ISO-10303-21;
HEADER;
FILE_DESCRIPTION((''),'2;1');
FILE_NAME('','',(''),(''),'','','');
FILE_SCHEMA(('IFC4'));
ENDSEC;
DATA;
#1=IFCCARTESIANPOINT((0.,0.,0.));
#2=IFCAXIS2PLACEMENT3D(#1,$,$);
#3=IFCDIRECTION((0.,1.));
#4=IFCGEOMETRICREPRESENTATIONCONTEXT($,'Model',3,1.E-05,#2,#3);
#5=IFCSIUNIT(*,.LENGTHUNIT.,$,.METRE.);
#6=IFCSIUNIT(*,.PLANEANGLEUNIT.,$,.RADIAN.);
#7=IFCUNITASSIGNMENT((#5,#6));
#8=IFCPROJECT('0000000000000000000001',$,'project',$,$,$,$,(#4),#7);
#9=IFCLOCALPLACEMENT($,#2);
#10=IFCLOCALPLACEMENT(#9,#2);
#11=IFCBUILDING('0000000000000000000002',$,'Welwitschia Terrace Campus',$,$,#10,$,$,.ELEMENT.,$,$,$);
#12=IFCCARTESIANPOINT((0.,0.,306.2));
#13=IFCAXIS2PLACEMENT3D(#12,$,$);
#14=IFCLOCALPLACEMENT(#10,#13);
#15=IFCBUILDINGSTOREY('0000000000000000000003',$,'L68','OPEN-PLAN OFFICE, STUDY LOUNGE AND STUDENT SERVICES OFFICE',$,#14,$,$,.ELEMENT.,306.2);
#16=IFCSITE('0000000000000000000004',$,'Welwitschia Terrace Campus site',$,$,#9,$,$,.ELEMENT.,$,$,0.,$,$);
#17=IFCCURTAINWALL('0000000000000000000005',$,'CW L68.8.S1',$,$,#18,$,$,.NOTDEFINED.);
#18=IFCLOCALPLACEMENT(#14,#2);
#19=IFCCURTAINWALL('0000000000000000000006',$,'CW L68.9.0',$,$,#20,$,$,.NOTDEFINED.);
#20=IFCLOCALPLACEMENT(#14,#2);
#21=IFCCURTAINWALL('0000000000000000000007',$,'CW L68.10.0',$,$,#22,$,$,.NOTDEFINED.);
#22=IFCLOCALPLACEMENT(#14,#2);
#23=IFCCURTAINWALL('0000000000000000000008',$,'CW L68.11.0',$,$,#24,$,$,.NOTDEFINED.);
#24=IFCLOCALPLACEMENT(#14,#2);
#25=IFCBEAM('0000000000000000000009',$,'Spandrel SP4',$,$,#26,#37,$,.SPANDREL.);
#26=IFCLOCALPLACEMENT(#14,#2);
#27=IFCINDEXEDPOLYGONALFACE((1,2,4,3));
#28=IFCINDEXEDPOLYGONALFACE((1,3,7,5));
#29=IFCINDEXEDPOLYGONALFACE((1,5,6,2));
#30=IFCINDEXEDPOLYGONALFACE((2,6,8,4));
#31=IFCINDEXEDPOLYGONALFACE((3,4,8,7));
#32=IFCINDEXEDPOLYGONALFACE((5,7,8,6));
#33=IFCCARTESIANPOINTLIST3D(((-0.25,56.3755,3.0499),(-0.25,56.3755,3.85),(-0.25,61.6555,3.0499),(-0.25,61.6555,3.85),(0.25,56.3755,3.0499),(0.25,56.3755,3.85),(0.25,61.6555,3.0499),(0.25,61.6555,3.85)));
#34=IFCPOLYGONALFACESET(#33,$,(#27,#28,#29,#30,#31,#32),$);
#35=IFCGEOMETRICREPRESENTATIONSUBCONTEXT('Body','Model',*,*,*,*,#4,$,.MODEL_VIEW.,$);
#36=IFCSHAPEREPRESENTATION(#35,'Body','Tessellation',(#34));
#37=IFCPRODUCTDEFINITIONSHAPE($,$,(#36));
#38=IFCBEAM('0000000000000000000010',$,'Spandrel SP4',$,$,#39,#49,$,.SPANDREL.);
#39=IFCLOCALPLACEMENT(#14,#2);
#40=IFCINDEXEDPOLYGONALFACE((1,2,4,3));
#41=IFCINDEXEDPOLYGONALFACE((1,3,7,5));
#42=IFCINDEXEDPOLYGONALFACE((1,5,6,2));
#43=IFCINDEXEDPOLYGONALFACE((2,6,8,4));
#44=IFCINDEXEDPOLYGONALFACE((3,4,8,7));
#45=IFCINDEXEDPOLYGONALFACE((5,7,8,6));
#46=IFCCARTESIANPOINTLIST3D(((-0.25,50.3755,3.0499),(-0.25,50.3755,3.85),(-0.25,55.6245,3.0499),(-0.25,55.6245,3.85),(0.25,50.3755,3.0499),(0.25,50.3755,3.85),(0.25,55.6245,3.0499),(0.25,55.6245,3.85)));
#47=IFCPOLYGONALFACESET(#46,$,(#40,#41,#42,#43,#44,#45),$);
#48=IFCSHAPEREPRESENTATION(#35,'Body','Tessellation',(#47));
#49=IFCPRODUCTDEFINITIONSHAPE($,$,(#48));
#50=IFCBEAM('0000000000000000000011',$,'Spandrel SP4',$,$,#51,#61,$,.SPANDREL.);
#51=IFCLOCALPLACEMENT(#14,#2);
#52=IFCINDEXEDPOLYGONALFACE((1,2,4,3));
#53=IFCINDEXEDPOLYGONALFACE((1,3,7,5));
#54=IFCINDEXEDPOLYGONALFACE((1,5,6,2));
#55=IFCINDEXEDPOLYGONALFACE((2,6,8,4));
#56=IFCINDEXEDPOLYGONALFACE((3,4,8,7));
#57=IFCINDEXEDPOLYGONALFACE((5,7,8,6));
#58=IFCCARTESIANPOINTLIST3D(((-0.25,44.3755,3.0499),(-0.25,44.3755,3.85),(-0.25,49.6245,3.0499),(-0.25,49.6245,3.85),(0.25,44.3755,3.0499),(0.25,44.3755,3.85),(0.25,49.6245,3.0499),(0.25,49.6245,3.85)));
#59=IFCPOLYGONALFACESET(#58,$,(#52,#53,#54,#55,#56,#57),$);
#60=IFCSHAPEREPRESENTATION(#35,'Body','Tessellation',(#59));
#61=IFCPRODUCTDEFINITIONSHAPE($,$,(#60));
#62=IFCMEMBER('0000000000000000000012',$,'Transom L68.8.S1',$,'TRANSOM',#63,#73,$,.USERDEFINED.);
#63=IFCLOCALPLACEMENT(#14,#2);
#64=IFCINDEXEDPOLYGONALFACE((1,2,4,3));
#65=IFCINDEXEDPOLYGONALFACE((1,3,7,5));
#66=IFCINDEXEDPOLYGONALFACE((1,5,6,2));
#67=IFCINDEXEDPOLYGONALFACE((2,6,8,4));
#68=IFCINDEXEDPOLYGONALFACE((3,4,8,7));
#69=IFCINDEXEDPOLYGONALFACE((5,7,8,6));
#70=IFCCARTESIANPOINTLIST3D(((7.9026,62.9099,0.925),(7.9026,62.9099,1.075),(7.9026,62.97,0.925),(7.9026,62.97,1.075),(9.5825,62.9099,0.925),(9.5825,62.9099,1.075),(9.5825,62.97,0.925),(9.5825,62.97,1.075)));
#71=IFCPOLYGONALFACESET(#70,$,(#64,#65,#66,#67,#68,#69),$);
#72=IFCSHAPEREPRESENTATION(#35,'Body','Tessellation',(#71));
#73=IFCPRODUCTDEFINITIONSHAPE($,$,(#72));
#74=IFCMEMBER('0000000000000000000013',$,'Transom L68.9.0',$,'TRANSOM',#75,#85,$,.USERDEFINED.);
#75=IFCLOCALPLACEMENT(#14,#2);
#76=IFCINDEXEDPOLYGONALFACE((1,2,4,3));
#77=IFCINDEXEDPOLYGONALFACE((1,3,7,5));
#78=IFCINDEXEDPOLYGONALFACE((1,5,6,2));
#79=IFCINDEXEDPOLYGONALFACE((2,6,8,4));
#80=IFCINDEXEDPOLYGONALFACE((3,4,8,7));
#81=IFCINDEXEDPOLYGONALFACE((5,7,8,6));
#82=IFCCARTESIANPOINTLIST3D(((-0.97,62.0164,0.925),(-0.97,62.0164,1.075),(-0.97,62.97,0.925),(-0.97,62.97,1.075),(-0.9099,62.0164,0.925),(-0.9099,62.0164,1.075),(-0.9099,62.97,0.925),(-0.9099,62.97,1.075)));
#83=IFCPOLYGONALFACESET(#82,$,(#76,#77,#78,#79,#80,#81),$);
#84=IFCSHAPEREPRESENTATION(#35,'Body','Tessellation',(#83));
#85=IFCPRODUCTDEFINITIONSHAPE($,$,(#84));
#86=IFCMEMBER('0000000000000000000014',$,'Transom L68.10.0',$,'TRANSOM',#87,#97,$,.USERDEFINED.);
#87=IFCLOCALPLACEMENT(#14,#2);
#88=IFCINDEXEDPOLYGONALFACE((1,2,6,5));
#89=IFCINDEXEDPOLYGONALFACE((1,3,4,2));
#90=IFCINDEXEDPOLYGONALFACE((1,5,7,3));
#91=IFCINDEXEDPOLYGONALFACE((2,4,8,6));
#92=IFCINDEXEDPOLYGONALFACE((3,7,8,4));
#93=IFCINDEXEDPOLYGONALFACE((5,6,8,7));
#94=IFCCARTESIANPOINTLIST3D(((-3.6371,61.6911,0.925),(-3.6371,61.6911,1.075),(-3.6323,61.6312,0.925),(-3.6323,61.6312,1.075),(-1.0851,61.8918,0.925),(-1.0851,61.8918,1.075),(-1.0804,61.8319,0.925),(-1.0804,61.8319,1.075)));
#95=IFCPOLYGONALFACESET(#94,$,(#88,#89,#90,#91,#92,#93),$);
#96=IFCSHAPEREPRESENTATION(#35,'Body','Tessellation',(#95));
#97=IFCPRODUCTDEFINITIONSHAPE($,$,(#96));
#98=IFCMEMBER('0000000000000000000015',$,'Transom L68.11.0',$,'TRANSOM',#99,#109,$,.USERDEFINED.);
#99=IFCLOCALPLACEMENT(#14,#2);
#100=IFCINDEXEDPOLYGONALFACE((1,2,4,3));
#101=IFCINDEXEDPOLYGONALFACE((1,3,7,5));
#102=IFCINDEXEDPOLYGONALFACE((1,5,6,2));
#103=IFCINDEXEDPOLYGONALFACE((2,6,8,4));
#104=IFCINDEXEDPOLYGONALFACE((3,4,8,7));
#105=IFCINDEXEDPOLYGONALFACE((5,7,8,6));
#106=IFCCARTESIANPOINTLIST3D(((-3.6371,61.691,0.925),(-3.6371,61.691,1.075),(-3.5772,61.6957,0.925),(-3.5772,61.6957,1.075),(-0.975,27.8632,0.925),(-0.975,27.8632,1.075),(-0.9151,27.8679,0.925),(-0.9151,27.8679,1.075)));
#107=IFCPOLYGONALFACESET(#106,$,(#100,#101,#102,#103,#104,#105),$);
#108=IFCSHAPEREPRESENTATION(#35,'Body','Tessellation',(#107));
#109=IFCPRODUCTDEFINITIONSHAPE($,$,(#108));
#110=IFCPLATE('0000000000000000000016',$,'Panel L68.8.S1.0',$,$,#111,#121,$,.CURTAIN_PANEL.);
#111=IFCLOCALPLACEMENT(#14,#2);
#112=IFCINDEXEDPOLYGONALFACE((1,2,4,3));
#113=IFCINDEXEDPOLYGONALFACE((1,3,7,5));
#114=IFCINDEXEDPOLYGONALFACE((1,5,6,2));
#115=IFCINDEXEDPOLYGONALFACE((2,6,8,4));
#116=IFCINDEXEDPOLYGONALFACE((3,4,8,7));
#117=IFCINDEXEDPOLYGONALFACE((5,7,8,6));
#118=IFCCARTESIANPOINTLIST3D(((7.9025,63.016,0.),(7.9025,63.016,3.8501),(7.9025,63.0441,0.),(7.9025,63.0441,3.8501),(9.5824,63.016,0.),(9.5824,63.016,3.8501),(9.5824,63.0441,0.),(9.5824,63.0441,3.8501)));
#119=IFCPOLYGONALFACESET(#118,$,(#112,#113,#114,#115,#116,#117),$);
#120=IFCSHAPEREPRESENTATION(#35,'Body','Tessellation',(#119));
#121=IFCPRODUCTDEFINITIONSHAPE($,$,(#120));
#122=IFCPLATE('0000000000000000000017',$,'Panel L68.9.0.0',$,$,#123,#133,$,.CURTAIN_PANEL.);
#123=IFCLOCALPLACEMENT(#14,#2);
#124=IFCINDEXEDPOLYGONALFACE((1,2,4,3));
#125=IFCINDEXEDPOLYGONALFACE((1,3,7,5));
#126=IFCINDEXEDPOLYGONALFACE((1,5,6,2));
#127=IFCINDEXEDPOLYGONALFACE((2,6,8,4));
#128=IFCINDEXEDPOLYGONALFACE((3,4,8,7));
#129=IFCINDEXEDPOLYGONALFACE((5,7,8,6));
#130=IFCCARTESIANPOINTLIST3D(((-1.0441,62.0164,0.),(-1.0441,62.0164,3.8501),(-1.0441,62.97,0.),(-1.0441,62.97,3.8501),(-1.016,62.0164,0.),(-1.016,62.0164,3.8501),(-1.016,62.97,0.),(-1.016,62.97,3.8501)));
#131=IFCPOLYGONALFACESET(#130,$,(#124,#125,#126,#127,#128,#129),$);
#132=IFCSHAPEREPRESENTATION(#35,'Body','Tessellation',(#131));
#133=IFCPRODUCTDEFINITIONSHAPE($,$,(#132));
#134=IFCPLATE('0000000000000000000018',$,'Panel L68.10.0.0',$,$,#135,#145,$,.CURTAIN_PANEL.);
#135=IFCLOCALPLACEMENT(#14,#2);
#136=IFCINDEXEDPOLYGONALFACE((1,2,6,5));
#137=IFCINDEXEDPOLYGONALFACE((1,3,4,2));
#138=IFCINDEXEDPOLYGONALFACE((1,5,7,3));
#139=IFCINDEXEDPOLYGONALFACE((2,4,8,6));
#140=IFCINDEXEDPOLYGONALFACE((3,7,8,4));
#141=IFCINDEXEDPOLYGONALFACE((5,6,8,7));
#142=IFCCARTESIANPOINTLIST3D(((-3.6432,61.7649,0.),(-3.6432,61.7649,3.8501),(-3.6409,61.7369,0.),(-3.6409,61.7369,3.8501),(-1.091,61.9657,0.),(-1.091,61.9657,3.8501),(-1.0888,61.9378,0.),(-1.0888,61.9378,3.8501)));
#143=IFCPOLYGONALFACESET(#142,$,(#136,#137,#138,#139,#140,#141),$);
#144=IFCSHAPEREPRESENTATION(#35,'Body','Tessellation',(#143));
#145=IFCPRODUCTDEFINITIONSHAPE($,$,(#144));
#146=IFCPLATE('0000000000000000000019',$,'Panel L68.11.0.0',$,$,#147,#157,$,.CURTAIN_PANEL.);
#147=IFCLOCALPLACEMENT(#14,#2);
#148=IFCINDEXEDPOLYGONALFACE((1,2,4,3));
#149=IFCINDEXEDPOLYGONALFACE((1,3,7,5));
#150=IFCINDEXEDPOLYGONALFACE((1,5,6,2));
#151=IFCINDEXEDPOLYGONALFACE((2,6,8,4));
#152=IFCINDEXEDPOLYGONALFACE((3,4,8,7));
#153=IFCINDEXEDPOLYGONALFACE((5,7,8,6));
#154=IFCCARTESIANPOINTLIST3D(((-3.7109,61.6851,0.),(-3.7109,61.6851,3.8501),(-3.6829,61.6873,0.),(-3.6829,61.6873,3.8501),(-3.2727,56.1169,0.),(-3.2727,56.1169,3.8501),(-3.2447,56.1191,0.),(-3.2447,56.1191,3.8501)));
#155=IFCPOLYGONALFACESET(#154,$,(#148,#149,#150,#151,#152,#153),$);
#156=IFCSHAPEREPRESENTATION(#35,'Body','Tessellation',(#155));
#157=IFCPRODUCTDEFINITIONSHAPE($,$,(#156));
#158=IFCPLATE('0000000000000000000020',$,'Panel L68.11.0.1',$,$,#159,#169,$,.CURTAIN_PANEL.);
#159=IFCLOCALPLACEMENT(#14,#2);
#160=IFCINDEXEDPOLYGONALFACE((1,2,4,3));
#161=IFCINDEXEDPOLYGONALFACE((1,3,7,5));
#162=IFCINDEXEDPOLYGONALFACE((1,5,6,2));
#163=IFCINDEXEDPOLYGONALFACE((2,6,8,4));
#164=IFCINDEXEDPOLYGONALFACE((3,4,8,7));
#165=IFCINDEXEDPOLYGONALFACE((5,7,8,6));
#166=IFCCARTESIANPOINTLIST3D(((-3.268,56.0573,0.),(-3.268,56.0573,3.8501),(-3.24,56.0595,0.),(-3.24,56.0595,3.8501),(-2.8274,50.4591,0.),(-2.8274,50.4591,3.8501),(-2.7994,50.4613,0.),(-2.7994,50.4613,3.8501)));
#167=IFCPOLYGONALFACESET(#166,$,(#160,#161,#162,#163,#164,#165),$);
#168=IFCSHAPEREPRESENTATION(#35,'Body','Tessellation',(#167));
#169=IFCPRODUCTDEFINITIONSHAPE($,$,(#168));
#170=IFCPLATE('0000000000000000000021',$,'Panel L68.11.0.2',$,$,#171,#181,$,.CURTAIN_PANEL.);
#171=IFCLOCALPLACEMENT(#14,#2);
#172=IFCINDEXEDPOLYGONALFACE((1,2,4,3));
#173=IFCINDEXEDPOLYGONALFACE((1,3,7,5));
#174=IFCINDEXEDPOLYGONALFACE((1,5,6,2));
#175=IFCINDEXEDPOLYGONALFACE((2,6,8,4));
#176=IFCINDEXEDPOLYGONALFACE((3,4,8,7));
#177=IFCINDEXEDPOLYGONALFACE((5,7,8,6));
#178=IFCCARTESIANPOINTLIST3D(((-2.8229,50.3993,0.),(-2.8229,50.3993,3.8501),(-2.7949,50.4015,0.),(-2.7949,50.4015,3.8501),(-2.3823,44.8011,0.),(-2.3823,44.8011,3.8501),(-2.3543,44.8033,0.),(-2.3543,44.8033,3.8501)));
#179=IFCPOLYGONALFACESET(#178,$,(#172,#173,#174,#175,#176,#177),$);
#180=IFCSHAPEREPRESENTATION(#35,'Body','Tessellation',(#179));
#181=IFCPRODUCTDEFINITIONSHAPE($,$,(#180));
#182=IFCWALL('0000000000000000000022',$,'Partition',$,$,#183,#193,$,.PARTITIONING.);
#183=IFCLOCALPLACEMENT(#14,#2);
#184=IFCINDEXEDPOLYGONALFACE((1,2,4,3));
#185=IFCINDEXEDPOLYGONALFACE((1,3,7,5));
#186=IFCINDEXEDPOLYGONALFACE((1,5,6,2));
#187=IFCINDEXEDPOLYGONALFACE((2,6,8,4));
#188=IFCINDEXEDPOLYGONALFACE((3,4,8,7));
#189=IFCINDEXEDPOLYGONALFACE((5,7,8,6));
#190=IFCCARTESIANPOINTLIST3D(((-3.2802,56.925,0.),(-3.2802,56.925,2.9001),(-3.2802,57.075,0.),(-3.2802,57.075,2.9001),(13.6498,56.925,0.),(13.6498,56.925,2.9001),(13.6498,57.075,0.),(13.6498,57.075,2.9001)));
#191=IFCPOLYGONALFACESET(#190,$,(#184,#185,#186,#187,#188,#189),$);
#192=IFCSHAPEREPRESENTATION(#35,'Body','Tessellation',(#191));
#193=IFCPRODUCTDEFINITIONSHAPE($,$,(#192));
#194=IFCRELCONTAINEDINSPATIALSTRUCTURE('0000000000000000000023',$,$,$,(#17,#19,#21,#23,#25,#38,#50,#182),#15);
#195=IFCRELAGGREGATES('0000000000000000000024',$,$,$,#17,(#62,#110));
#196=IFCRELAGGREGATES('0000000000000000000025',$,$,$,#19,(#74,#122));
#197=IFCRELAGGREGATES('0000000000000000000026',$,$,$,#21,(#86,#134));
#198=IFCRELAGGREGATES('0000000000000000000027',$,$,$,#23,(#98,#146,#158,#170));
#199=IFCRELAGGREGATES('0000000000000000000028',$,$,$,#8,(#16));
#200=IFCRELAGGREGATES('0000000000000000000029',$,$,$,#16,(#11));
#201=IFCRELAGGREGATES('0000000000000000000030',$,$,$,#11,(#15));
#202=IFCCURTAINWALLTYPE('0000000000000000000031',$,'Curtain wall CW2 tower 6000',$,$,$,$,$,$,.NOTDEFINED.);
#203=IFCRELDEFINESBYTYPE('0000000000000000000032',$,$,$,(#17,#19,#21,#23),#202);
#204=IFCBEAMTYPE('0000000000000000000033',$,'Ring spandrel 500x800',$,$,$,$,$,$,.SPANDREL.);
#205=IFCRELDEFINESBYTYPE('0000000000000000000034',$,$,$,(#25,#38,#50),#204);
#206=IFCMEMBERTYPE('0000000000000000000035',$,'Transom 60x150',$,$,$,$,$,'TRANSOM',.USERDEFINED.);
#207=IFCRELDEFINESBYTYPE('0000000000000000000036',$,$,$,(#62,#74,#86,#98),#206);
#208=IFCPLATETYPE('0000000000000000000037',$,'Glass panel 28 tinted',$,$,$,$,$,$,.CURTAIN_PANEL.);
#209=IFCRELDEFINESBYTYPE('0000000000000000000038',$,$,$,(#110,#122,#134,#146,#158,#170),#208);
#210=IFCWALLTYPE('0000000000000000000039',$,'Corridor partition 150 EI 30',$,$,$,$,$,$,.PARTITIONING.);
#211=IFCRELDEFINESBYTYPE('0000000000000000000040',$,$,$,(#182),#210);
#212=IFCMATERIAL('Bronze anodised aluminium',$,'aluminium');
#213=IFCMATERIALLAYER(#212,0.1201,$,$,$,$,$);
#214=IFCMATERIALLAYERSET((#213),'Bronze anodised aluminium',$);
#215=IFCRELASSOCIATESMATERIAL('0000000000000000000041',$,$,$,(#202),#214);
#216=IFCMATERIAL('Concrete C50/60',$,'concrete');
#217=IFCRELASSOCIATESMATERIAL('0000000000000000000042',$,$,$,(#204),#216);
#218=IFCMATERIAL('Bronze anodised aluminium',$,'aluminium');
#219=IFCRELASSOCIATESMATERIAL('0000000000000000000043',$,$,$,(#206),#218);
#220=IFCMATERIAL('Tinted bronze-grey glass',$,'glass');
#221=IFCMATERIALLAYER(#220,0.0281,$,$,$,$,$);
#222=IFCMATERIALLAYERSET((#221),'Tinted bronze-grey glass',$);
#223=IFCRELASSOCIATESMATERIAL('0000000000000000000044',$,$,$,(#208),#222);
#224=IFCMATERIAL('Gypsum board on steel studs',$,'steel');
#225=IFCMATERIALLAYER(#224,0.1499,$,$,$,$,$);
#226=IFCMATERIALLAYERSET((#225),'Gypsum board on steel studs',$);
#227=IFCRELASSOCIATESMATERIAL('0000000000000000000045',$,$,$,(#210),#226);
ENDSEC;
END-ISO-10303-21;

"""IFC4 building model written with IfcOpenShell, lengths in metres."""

from ifc_helpers import new_model, si_unit, direction, frame, frame_2d, origin, origin_2d, place, context, subcontext, project, spatial, rectangle, extrude, material, layer, layer_set, material_profile, profile_set, type_object, element, aggregate, save


model = new_model("IFC4")

# Units and contexts
model_context = context("Model", 3, precision=1e-05, world=origin(), true_north=direction((0.0, 1.0)))
body_context = subcontext(model_context, "Body", "Model", "MODEL_VIEW")
ifc_project = project(units=[si_unit("LENGTHUNIT", "METRE"), si_unit("PLANEANGLEUNIT", "RADIAN")], contexts=[model_context])

# Site, building, storey
site_placement = place(None, origin())
site = spatial("IfcSite", under=ifc_project, at=site_placement, Name="Welwitschia Terrace Campus site", CompositionType="ELEMENT", RefElevation=0.0)
building_placement = place(site_placement, origin())
building = spatial("IfcBuilding", under=site, at=building_placement, Name="Welwitschia Terrace Campus", CompositionType="ELEMENT")
storey_placement = place(building_placement, frame((0.0, 0.0, 306.2)))
storey = spatial("IfcBuildingStorey", under=building, at=storey_placement, Name="L68", Description="OPEN-PLAN OFFICE, STUDY LOUNGE AND STUDENT SERVICES OFFICE", CompositionType="ELEMENT", Elevation=306.2)

# Curtain walls
ifc_material_1 = material(Name="Bronze anodised aluminium", Category="aluminium")
ifc_layer_1 = layer(ifc_material_1, 0.1201)
ifc_layer_set_1 = layer_set([ifc_layer_1], Name="Bronze anodised aluminium")
curtain_wall_type = type_object("IfcCurtainWallType", Name="Curtain wall CW2 tower 6000", PredefinedType="NOTDEFINED", material=ifc_layer_set_1)
curtain_wall_1_placement = place(storey_placement, origin())
curtain_wall_1 = element("IfcCurtainWall", 1, at=curtain_wall_1_placement, inside=storey, type_object=curtain_wall_type, Name="CW L68.8.S1", PredefinedType="NOTDEFINED")
curtain_wall_2_placement = place(storey_placement, origin())
curtain_wall_2 = element("IfcCurtainWall", 2, at=curtain_wall_2_placement, inside=storey, type_object=curtain_wall_type, Name="CW L68.9.0", PredefinedType="NOTDEFINED")
curtain_wall_3_placement = place(storey_placement, origin())
curtain_wall_3 = element("IfcCurtainWall", 3, at=curtain_wall_3_placement, inside=storey, type_object=curtain_wall_type, Name="CW L68.10.0", PredefinedType="NOTDEFINED")
curtain_wall_4_placement = place(storey_placement, origin())
curtain_wall_4 = element("IfcCurtainWall", 4, at=curtain_wall_4_placement, inside=storey, type_object=curtain_wall_type, Name="CW L68.11.0", PredefinedType="NOTDEFINED")

# Beams
ifc_material_2 = material(Name="Concrete C50/60", Category="concrete")
ifc_material_profile_1 = material_profile(ifc_material_2, rectangle(XDim=0.5, YDim=0.8, at=origin_2d()))
ifc_profile_set_1 = profile_set([ifc_material_profile_1], Name="Concrete C50/60")
beam_type_1 = type_object("IfcBeamType", Name="Ring spandrel 500x800", PredefinedType="SPANDREL", material=ifc_profile_set_1)
for number, where, z_axis, x_axis, name in (
    (5, (0.0, 61.6555, 3.45), (0.0, -1.0, 0.0), (1.0, 0.0, 0.0), "Spandrel SP4"),
):
    element("IfcBeam", number, at=place(storey_placement, frame(where, z_axis=z_axis, x_axis=x_axis)), inside=storey, type_object=beam_type_1, Name=name, PredefinedType="SPANDREL", context=body_context, shape_type="SweptSolid", body=[
        extrude(rectangle(XDim=0.5, YDim=0.8, at=origin_2d()), origin(), (0.0, 0.0, 1.0), 5.28),
    ])
for number, where, z_axis, x_axis, name in (
    (6, (0.0, 55.6245, 3.45), (0.0, -1.0, 0.0), (1.0, 0.0, 0.0), "Spandrel SP4"),
    (7, (0.0, 49.6245, 3.45), (0.0, -1.0, 0.0), (1.0, 0.0, 0.0), "Spandrel SP4"),
):
    element("IfcBeam", number, at=place(storey_placement, frame(where, z_axis=z_axis, x_axis=x_axis)), inside=storey, type_object=beam_type_1, Name=name, PredefinedType="SPANDREL", context=body_context, shape_type="SweptSolid", body=[
        extrude(rectangle(XDim=0.5, YDim=0.8, at=origin_2d()), origin(), (0.0, 0.0, 1.0), 5.249),
    ])

# Members
ifc_material_3 = material(Name="Bronze anodised aluminium", Category="aluminium")
ifc_material_profile_2 = material_profile(ifc_material_3, rectangle(XDim=0.0601, YDim=0.1499, at=origin_2d()))
ifc_profile_set_2 = profile_set([ifc_material_profile_2], Name="Bronze anodised aluminium")
member_type_1 = type_object("IfcMemberType", Name="Transom 60x150", ElementType="TRANSOM", PredefinedType="USERDEFINED", material=ifc_profile_set_2)
member_1_placement = place(storey_placement, frame((9.5825, 62.9399, 1.0), z_axis=(-1.0, 0.0, 0.0), x_axis=(0.0, -1.0, 0.0)))
member_1 = element("IfcMember", 8, at=member_1_placement, type_object=member_type_1, Name="Transom L68.8.S1", ObjectType="TRANSOM", PredefinedType="USERDEFINED", context=body_context, shape_type="SweptSolid", body=[
    extrude(rectangle(XDim=0.0601, YDim=0.1499, at=origin_2d()), origin(), (0.0, 0.0, 1.0), 1.6799),
])
member_2_placement = place(storey_placement, frame((-0.9399, 62.97, 1.0), z_axis=(0.0, -1.0, 0.0), x_axis=(1.0, 0.0, 0.0)))
member_2 = element("IfcMember", 9, at=member_2_placement, type_object=member_type_1, Name="Transom L68.9.0", ObjectType="TRANSOM", PredefinedType="USERDEFINED", context=body_context, shape_type="SweptSolid", body=[
    extrude(rectangle(XDim=0.0601, YDim=0.1499, at=origin_2d()), origin(), (0.0, 0.0, 1.0), 0.9536),
])
member_3_placement = place(storey_placement, frame((-1.0828, 61.8618, 1.0), z_axis=(-0.996922, -0.078396, 0.0), x_axis=(0.078396, -0.996922, 0.0)))
member_3 = element("IfcMember", 10, at=member_3_placement, type_object=member_type_1, Name="Transom L68.10.0", ObjectType="TRANSOM", PredefinedType="USERDEFINED", context=body_context, shape_type="SweptSolid", body=[
    extrude(rectangle(XDim=0.0601, YDim=0.1499, at=origin_2d()), origin(), (0.0, 0.0, 1.0), 2.5598),
])
member_4_placement = place(storey_placement, frame((-3.6072, 61.6934, 1.0), z_axis=(0.078453, -0.996918, 0.0), x_axis=(0.996918, 0.078453, 0.0)))
member_4 = element("IfcMember", 11, at=member_4_placement, type_object=member_type_1, Name="Transom L68.11.0", ObjectType="TRANSOM", PredefinedType="USERDEFINED", context=body_context, shape_type="SweptSolid", body=[
    extrude(rectangle(XDim=0.0601, YDim=0.1499, at=origin_2d()), origin(), (0.0, 0.0, 1.0), 33.9324),
])

# Plates
ifc_material_4 = material(Name="Tinted bronze-grey glass", Category="glass")
ifc_layer_2 = layer(ifc_material_4, 0.0281)
ifc_layer_set_2 = layer_set([ifc_layer_2], Name="Tinted bronze-grey glass")
plate_type = type_object("IfcPlateType", Name="Glass panel 28 tinted", PredefinedType="CURTAIN_PANEL", material=ifc_layer_set_2)
plate_1_placement = place(storey_placement, frame((8.7424, 63.03, 0.0), z_axis=(0.0, 0.0, 1.0), x_axis=(-1.0, 0.0, 0.0)))
plate_1 = element("IfcPlate", 12, at=plate_1_placement, type_object=plate_type, Name="Panel L68.8.S1.0", PredefinedType="CURTAIN_PANEL", context=body_context, shape_type="SweptSolid", body=[
    extrude(rectangle(XDim=1.6799, YDim=0.0281, at=origin_2d()), origin(), (0.0, 0.0, 1.0), 3.8501),
])
aggregate(curtain_wall_1, [member_1, plate_1])
plate_2_placement = place(storey_placement, frame((-1.03, 62.4932, 0.0), z_axis=(0.0, 0.0, 1.0), x_axis=(0.0, -1.0, 0.0)))
plate_2 = element("IfcPlate", 13, at=plate_2_placement, type_object=plate_type, Name="Panel L68.9.0.0", PredefinedType="CURTAIN_PANEL", context=body_context, shape_type="SweptSolid", body=[
    extrude(rectangle(XDim=0.9536, YDim=0.0281, at=origin_2d()), origin(), (0.0, 0.0, 1.0), 3.8501),
])
aggregate(curtain_wall_2, [member_2, plate_2])
plate_3_placement = place(storey_placement, frame((-2.366, 61.8513, 0.0), z_axis=(0.0, 0.0, 1.0), x_axis=(-0.996917, -0.078459, 0.0)))
plate_3 = element("IfcPlate", 14, at=plate_3_placement, type_object=plate_type, Name="Panel L68.10.0.0", PredefinedType="CURTAIN_PANEL", context=body_context, shape_type="SweptSolid", body=[
    extrude(rectangle(XDim=2.5601, YDim=0.0281, at=origin_2d()), origin(), (0.0, 0.0, 1.0), 3.8501),
])
aggregate(curtain_wall_3, [member_3, plate_3])
plate_4_placement = place(storey_placement, frame((-3.4778, 58.9021, 0.0), z_axis=(0.0, 0.0, 1.0), x_axis=(0.078459, -0.996917, 0.0)))
plate_4 = element("IfcPlate", 15, at=plate_4_placement, type_object=plate_type, Name="Panel L68.11.0.0", PredefinedType="CURTAIN_PANEL", context=body_context, shape_type="SweptSolid", body=[
    extrude(rectangle(XDim=5.5854, YDim=0.0281, at=origin_2d()), origin(), (0.0, 0.0, 1.0), 3.8501),
])
plate_5_placement = place(storey_placement, frame((-3.0337, 53.2593, 0.0), z_axis=(0.0, 0.0, 1.0), x_axis=(0.078459, -0.996917, 0.0)))
plate_5 = element("IfcPlate", 16, at=plate_5_placement, type_object=plate_type, Name="Panel L68.11.0.1", PredefinedType="CURTAIN_PANEL", context=body_context, shape_type="SweptSolid", body=[
    extrude(rectangle(XDim=5.6155, YDim=0.0281, at=origin_2d()), origin(), (0.0, 0.0, 1.0), 3.8501),
])
plate_6_placement = place(storey_placement, frame((-2.5886, 47.6013, 0.0), z_axis=(0.0, 0.0, 1.0), x_axis=(0.078459, -0.996917, 0.0)))
plate_6 = element("IfcPlate", 17, at=plate_6_placement, type_object=plate_type, Name="Panel L68.11.0.2", PredefinedType="CURTAIN_PANEL", context=body_context, shape_type="SweptSolid", body=[
    extrude(rectangle(XDim=5.6155, YDim=0.0281, at=origin_2d()), origin(), (0.0, 0.0, 1.0), 3.8501),
])
aggregate(curtain_wall_4, [member_4, plate_4, plate_5, plate_6])

# Wall
ifc_material_5 = material(Name="Gypsum board on steel studs", Category="steel")
ifc_layer_3 = layer(ifc_material_5, 0.1499)
ifc_layer_set_3 = layer_set([ifc_layer_3], Name="Gypsum board on steel studs")
wall_type_1 = type_object("IfcWallType", Name="Corridor partition 150 EI 30", PredefinedType="PARTITIONING", material=ifc_layer_set_3)
wall_1_placement = place(storey_placement, frame((-3.28, 57.0, 0.0), z_axis=(0.0, 0.0, 1.0), x_axis=(1.0, 0.0, 0.0)))
element("IfcWall", 18, at=wall_1_placement, inside=storey, type_object=wall_type_1, Name="Partition", PredefinedType="PARTITIONING", context=body_context, shape_type="SweptSolid", body=[
    extrude(rectangle(XDim=16.9299, YDim=0.1499, at=frame_2d((8.4648, 0.0))), origin(), (0.0, 0.0, 1.0), 2.9001),
])

save(model, "model.ifc")
